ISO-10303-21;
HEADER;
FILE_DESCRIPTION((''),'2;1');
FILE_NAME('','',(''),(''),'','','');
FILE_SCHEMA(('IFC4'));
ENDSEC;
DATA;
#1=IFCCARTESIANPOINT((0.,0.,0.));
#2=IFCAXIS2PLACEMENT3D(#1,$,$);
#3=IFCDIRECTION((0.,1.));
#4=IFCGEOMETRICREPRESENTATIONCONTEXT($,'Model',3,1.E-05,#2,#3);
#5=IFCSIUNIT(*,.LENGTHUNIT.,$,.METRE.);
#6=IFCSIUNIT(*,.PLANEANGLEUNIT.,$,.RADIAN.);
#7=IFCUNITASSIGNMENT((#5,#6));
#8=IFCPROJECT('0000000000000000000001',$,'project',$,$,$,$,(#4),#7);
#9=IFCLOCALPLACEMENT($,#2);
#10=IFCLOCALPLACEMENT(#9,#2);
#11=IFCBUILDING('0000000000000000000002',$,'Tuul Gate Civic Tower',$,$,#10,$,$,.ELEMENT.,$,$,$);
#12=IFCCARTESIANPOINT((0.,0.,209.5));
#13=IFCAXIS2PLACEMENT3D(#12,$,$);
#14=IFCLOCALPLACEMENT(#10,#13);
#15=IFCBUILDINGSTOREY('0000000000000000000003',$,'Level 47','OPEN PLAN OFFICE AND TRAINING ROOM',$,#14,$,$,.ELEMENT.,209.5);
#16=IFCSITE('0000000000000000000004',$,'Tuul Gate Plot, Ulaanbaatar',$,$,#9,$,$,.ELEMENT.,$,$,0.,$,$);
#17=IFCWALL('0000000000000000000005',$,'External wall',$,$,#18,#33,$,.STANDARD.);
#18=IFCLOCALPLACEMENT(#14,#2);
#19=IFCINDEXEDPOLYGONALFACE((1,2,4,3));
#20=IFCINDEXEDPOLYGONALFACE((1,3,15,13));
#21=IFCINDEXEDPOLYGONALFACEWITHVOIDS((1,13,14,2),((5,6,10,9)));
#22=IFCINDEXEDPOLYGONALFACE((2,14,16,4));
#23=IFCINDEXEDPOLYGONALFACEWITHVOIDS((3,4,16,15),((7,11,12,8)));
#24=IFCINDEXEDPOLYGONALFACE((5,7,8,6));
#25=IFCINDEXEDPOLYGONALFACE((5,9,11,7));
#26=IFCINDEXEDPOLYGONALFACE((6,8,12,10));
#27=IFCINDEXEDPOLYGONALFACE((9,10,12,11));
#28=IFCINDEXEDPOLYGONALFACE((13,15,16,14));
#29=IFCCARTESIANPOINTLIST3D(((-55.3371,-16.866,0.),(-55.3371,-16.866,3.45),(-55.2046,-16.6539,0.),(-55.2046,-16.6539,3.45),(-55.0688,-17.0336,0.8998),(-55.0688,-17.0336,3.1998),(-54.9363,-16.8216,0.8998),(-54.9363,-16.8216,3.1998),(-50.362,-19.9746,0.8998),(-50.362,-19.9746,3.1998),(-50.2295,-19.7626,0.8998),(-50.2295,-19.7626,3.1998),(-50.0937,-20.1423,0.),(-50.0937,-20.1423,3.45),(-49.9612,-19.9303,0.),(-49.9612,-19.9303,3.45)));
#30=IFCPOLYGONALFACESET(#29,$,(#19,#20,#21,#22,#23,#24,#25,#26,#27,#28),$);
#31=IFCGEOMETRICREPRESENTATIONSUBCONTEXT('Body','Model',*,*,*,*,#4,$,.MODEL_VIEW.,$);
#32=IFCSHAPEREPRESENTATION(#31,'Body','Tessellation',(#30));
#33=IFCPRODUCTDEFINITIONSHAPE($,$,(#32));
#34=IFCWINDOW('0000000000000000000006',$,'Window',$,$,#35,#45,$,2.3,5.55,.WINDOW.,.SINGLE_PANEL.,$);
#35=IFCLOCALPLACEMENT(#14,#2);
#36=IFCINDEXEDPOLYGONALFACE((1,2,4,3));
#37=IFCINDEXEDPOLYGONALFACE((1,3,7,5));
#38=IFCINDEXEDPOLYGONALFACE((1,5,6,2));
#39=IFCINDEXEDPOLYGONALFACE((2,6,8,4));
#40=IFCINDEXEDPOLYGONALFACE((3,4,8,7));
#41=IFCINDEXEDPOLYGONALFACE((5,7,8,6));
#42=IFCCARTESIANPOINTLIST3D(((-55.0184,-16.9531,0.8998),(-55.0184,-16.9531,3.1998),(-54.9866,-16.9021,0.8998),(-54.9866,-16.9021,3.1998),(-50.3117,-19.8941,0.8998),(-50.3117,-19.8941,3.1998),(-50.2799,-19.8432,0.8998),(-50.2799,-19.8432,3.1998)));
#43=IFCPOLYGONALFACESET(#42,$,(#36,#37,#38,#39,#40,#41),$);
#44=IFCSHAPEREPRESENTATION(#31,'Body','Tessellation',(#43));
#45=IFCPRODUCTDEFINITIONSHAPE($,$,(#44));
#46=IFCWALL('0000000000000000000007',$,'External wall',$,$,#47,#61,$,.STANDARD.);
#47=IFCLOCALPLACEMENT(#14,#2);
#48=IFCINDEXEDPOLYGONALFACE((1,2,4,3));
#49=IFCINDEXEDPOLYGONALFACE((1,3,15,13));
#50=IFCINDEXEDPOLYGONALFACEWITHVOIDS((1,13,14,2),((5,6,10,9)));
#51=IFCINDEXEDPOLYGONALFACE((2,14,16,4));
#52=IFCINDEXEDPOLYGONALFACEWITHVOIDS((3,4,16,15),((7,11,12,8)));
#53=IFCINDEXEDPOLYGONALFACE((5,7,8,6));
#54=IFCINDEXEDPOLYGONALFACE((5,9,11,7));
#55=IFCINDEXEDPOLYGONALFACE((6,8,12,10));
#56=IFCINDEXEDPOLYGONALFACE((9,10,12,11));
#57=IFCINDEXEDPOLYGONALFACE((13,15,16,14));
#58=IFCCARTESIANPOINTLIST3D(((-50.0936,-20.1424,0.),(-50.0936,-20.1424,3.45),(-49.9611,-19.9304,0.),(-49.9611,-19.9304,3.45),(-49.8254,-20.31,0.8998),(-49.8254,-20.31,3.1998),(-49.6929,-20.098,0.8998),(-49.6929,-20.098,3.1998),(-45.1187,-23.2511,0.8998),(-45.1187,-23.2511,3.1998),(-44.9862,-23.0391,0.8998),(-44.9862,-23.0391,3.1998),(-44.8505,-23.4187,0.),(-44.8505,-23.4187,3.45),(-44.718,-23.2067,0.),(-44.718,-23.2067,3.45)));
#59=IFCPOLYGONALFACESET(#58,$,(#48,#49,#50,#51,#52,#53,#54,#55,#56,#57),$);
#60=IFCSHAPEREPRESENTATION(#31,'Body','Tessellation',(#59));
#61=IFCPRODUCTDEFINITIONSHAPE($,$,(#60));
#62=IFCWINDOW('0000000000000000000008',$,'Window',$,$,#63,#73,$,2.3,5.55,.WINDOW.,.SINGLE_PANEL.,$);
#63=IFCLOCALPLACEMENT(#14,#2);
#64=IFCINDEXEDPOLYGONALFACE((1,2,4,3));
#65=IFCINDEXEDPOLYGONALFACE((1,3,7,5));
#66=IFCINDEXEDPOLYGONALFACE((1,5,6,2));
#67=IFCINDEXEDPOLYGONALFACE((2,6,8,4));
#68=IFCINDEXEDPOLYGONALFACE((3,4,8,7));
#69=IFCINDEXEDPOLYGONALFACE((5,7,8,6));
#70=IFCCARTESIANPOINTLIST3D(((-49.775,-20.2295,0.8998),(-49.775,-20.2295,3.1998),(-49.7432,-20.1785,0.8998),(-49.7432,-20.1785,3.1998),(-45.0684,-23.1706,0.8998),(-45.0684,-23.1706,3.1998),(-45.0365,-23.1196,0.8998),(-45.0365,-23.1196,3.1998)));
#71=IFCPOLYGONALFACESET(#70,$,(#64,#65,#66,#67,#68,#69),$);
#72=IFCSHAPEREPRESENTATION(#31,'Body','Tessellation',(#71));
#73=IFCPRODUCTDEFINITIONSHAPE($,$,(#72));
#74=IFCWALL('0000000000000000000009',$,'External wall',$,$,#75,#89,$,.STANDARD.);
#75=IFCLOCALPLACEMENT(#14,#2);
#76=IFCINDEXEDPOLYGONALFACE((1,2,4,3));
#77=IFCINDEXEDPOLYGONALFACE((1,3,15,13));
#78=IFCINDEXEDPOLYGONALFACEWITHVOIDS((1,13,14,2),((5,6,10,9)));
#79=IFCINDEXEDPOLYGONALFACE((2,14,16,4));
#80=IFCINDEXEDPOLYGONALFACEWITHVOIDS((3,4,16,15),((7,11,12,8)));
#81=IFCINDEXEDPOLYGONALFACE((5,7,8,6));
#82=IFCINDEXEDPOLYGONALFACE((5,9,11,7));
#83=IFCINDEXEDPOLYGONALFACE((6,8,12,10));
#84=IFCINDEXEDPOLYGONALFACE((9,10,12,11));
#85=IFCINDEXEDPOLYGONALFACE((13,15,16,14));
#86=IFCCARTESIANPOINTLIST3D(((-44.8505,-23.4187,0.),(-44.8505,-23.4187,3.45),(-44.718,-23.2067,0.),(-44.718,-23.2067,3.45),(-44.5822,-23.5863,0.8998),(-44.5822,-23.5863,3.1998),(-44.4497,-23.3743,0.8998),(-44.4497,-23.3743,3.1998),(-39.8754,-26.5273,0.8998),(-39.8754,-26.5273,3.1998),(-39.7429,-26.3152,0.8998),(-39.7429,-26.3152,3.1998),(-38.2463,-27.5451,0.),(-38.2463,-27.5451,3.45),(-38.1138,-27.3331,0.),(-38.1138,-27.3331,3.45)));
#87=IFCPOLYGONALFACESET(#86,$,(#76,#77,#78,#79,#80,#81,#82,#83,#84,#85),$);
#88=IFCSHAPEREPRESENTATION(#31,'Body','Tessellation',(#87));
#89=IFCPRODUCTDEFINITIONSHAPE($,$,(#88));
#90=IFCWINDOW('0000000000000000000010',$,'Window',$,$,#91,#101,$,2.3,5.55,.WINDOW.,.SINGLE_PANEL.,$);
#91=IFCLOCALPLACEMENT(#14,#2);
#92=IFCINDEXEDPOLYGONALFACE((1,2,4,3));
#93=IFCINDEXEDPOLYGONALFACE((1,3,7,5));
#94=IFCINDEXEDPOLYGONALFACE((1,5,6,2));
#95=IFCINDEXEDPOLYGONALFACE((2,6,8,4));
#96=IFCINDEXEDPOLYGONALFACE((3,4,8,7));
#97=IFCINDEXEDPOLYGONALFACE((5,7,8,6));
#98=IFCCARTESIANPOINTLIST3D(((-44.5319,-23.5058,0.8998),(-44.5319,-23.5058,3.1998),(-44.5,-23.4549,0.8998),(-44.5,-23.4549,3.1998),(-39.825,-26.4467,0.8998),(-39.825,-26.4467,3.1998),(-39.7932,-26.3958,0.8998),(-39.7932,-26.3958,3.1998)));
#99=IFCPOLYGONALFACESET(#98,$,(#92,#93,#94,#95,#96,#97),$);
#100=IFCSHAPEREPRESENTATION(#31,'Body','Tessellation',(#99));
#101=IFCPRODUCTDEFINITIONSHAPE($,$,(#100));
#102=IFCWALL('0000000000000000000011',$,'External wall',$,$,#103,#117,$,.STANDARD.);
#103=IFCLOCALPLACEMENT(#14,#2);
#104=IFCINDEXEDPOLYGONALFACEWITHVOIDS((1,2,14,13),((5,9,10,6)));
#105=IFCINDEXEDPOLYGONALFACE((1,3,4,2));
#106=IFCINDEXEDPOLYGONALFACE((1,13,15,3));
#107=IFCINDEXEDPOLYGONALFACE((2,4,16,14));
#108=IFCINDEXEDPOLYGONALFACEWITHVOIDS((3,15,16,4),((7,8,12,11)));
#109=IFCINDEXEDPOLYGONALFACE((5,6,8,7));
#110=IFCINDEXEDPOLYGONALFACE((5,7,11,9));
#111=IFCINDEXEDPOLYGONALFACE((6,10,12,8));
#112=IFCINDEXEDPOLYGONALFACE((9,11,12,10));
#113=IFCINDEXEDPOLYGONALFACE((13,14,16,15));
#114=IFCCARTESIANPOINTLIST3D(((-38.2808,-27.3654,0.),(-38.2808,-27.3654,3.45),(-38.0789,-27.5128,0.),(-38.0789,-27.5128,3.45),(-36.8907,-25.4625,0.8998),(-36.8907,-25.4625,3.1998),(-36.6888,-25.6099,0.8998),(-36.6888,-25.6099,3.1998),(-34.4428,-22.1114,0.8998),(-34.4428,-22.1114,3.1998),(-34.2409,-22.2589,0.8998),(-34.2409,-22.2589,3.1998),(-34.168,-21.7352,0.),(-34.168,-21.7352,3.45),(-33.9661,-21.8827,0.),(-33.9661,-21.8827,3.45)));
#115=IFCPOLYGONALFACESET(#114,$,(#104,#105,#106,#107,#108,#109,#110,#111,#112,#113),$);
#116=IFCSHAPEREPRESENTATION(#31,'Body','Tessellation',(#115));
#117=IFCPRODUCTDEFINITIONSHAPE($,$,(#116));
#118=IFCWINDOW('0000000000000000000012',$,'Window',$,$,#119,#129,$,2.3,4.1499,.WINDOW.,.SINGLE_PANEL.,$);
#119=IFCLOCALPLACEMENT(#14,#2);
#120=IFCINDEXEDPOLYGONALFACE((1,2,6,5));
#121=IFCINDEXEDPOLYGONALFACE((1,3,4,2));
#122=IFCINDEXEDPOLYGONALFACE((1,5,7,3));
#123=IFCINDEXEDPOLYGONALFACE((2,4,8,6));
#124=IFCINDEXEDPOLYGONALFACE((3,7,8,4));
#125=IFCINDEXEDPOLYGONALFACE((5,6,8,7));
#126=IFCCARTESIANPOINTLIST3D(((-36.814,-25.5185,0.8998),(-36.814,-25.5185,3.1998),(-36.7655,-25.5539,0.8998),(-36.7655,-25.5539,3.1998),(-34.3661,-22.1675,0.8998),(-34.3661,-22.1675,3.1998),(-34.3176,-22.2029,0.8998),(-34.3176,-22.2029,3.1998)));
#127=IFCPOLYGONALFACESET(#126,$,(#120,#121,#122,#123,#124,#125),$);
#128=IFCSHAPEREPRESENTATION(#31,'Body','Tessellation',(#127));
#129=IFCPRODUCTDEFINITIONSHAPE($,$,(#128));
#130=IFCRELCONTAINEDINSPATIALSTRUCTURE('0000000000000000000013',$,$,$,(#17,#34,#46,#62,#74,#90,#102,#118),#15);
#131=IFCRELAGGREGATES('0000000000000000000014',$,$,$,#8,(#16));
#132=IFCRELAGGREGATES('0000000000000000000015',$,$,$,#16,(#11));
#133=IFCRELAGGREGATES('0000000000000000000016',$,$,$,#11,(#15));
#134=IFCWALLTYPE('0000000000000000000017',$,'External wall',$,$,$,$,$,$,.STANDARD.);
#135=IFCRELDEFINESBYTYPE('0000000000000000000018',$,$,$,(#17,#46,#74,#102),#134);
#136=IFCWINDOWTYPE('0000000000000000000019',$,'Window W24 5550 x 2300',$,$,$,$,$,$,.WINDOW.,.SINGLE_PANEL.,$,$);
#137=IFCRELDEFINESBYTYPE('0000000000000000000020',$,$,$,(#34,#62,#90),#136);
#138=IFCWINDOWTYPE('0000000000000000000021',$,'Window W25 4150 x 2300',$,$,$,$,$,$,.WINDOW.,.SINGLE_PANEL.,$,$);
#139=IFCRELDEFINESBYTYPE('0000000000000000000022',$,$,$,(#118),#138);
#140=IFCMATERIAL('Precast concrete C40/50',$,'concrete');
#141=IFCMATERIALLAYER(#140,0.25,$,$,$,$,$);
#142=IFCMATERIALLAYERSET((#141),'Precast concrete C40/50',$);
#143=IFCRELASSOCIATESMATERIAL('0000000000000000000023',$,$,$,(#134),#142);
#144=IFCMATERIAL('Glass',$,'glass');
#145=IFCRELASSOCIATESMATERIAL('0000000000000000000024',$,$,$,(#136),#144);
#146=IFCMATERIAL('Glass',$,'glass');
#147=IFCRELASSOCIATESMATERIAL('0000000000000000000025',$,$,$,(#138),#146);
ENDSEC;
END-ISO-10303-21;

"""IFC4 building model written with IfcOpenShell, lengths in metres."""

from ifc_helpers import new_model, si_unit, direction, frame, frame_2d, origin, place, context, subcontext, project, spatial, rectangle, extrude, material, layer, layer_set, type_object, element, fill, save


model = new_model("IFC4")

# Units and contexts
model_context = context("Model", 3, precision=1e-05, world=origin(), true_north=direction((0.0, 1.0)))
body_context = subcontext(model_context, "Body", "Model", "MODEL_VIEW")
ifc_project = project(units=[si_unit("LENGTHUNIT", "METRE"), si_unit("PLANEANGLEUNIT", "RADIAN")], contexts=[model_context])

# Site, building, storey
site_placement = place(None, origin())
site = spatial("IfcSite", under=ifc_project, at=site_placement, Name="Tuul Gate Plot, Ulaanbaatar", CompositionType="ELEMENT", RefElevation=0.0)
building_placement = place(site_placement, origin())
building = spatial("IfcBuilding", under=site, at=building_placement, Name="Tuul Gate Civic Tower", CompositionType="ELEMENT")
storey_placement = place(building_placement, frame((0.0, 0.0, 209.5)))
storey = spatial("IfcBuildingStorey", under=building, at=storey_placement, Name="Level 47", Description="OPEN PLAN OFFICE AND TRAINING ROOM", CompositionType="ELEMENT", Elevation=209.5)

# Shared definitions
ifc_material_1 = material(Name="Precast concrete C40/50", Category="concrete")
ifc_layer_1 = layer(ifc_material_1, 0.25)
ifc_layer_set_1 = layer_set([ifc_layer_1], Name="Precast concrete C40/50")
wall_type_1 = type_object("IfcWallType", Name="External wall", PredefinedType="STANDARD", material=ifc_layer_set_1)

# Walls, openings, windows
wall_1_placement = place(storey_placement, frame((-55.2708, -16.76, 0.0), z_axis=(0.0, 0.0, 1.0), x_axis=(0.848054, -0.52991, 0.0)))
wall_1 = element("IfcWall", 1, at=wall_1_placement, inside=storey, type_object=wall_type_1, Name="External wall", PredefinedType="STANDARD", context=body_context, shape_type="SweptSolid", body=[
    extrude(rectangle(XDim=6.1829, YDim=0.25, at=frame_2d((3.0913, 0.0))), origin(), (0.0, 0.0, 1.0), 3.45),
])
opening_1_placement = place(wall_1_placement, frame((0.3164, 0.0, 0.8999)))
opening_1 = element("IfcOpeningElement", 2, at=opening_1_placement, cuts=wall_1, PredefinedType="OPENING", context=body_context, shape_type="SweptSolid", body=[
    extrude(rectangle(XDim=5.55, YDim=2.3, at=frame_2d((2.7749, 1.1499))), frame((0.0, 0.135, 0.0), z_axis=(0.0, -1.0, 0.0), x_axis=(1.0, 0.0, 0.0)), (0.0, 0.0, 1.0), 0.27),
])
ifc_material_2 = material(Name="Glass", Category="glass")
window_type_1 = type_object("IfcWindowType", Name="Window W24 5550 x 2300", PartitioningType="SINGLE_PANEL", PredefinedType="WINDOW", material=ifc_material_2)
window_1_placement = place(opening_1_placement, origin())
window_1 = element("IfcWindow", 3, at=window_1_placement, inside=storey, type_object=window_type_1, Name="Window", OverallHeight=2.3, OverallWidth=5.55, PartitioningType="SINGLE_PANEL", PredefinedType="WINDOW", context=body_context, shape_type="SweptSolid", body=[
    extrude(rectangle(XDim=5.55, YDim=2.3, at=frame_2d((2.7749, 1.1499))), frame((0.0, 0.03, 0.0), z_axis=(0.0, -1.0, 0.0), x_axis=(1.0, 0.0, 0.0)), (0.0, 0.0, 1.0), 0.0601),
])
fill(opening_1, window_1)
wall_2_placement = place(storey_placement, frame((-50.0273, -20.0364, 0.0), z_axis=(0.0, 0.0, 1.0), x_axis=(0.848043, -0.529928, 0.0)))
wall_2 = element("IfcWall", 4, at=wall_2_placement, inside=storey, type_object=wall_type_1, Name="External wall", PredefinedType="STANDARD", context=body_context, shape_type="SweptSolid", body=[
    extrude(rectangle(XDim=6.1826, YDim=0.25, at=frame_2d((3.0913, 0.0))), origin(), (0.0, 0.0, 1.0), 3.45),
])
opening_2_placement = place(wall_2_placement, frame((0.3164, 0.0, 0.8999)))
opening_2 = element("IfcOpeningElement", 5, at=opening_2_placement, cuts=wall_2, PredefinedType="OPENING", context=body_context, shape_type="SweptSolid", body=[
    extrude(rectangle(XDim=5.55, YDim=2.3, at=frame_2d((2.7749, 1.1499))), frame((0.0, 0.135, 0.0), z_axis=(0.0, -1.0, 0.0), x_axis=(1.0, 0.0, 0.0)), (0.0, 0.0, 1.0), 0.27),
])
window_2_placement = place(opening_2_placement, origin())
window_2 = element("IfcWindow", 6, at=window_2_placement, inside=storey, type_object=window_type_1, Name="Window", OverallHeight=2.3, OverallWidth=5.55, PartitioningType="SINGLE_PANEL", PredefinedType="WINDOW", context=body_context, shape_type="SweptSolid", body=[
    extrude(rectangle(XDim=5.55, YDim=2.3, at=frame_2d((2.7749, 1.1499))), frame((0.0, 0.03, 0.0), z_axis=(0.0, -1.0, 0.0), x_axis=(1.0, 0.0, 0.0)), (0.0, 0.0, 1.0), 0.0601),
])
fill(opening_2, window_2)
wall_3_placement = place(storey_placement, frame((-44.7842, -23.3127, 0.0), z_axis=(0.0, 0.0, 1.0), x_axis=(0.848067, -0.529889, 0.0)))
wall_3 = element("IfcWall", 7, at=wall_3_placement, inside=storey, type_object=wall_type_1, Name="External wall", PredefinedType="STANDARD", context=body_context, shape_type="SweptSolid", body=[
    extrude(rectangle(XDim=7.7874, YDim=0.25, at=frame_2d((3.8936, 0.0))), origin(), (0.0, 0.0, 1.0), 3.45),
])
opening_3_placement = place(wall_3_placement, frame((0.3164, 0.0, 0.8999)))
opening_3 = element("IfcOpeningElement", 8, at=opening_3_placement, cuts=wall_3, PredefinedType="OPENING", context=body_context, shape_type="SweptSolid", body=[
    extrude(rectangle(XDim=5.55, YDim=2.3, at=frame_2d((2.7749, 1.1499))), frame((0.0, 0.135, 0.0), z_axis=(0.0, -1.0, 0.0), x_axis=(1.0, 0.0, 0.0)), (0.0, 0.0, 1.0), 0.27),
])
window_3_placement = place(opening_3_placement, origin())
window_3 = element("IfcWindow", 9, at=window_3_placement, inside=storey, type_object=window_type_1, Name="Window", OverallHeight=2.3, OverallWidth=5.55, PartitioningType="SINGLE_PANEL", PredefinedType="WINDOW", context=body_context, shape_type="SweptSolid", body=[
    extrude(rectangle(XDim=5.55, YDim=2.3, at=frame_2d((2.7749, 1.1499))), frame((0.0, 0.03, 0.0), z_axis=(0.0, -1.0, 0.0), x_axis=(1.0, 0.0, 0.0)), (0.0, 0.0, 1.0), 0.0601),
])
fill(opening_3, window_3)
wall_4_placement = place(storey_placement, frame((-38.1799, -27.4392, 0.0), z_axis=(0.0, 0.0, 1.0), x_axis=(0.589873, 0.807496, 0.0)))
wall_4 = element("IfcWall", 10, at=wall_4_placement, inside=storey, type_object=wall_type_1, Name="External wall", PredefinedType="STANDARD", context=body_context, shape_type="SweptSolid", body=[
    extrude(rectangle(XDim=6.9724, YDim=0.25, at=frame_2d((3.4863, 0.0))), origin(), (0.0, 0.0, 1.0), 3.45),
])
opening_4_placement = place(wall_4_placement, frame((2.3567, 0.0, 0.8999)))
opening_4 = element("IfcOpeningElement", 11, at=opening_4_placement, cuts=wall_4, PredefinedType="OPENING", context=body_context, shape_type="SweptSolid", body=[
    extrude(rectangle(XDim=4.1499, YDim=2.3, at=frame_2d((2.075, 1.1499))), frame((0.0, 0.135, 0.0), z_axis=(0.0, -1.0, 0.0), x_axis=(1.0, 0.0, 0.0)), (0.0, 0.0, 1.0), 0.27),
])
ifc_material_3 = material(Name="Glass", Category="glass")
window_type_2 = type_object("IfcWindowType", Name="Window W25 4150 x 2300", PartitioningType="SINGLE_PANEL", PredefinedType="WINDOW", material=ifc_material_3)
window_4_placement = place(opening_4_placement, origin())
window_4 = element("IfcWindow", 12, at=window_4_placement, inside=storey, type_object=window_type_2, Name="Window", OverallHeight=2.3, OverallWidth=4.1499, PartitioningType="SINGLE_PANEL", PredefinedType="WINDOW", context=body_context, shape_type="SweptSolid", body=[
    extrude(rectangle(XDim=4.1499, YDim=2.3, at=frame_2d((2.075, 1.1499))), frame((0.0, 0.03, 0.0), z_axis=(0.0, -1.0, 0.0), x_axis=(1.0, 0.0, 0.0)), (0.0, 0.0, 1.0), 0.0601),
])
fill(opening_4, window_4)

save(model, "model.ifc")
